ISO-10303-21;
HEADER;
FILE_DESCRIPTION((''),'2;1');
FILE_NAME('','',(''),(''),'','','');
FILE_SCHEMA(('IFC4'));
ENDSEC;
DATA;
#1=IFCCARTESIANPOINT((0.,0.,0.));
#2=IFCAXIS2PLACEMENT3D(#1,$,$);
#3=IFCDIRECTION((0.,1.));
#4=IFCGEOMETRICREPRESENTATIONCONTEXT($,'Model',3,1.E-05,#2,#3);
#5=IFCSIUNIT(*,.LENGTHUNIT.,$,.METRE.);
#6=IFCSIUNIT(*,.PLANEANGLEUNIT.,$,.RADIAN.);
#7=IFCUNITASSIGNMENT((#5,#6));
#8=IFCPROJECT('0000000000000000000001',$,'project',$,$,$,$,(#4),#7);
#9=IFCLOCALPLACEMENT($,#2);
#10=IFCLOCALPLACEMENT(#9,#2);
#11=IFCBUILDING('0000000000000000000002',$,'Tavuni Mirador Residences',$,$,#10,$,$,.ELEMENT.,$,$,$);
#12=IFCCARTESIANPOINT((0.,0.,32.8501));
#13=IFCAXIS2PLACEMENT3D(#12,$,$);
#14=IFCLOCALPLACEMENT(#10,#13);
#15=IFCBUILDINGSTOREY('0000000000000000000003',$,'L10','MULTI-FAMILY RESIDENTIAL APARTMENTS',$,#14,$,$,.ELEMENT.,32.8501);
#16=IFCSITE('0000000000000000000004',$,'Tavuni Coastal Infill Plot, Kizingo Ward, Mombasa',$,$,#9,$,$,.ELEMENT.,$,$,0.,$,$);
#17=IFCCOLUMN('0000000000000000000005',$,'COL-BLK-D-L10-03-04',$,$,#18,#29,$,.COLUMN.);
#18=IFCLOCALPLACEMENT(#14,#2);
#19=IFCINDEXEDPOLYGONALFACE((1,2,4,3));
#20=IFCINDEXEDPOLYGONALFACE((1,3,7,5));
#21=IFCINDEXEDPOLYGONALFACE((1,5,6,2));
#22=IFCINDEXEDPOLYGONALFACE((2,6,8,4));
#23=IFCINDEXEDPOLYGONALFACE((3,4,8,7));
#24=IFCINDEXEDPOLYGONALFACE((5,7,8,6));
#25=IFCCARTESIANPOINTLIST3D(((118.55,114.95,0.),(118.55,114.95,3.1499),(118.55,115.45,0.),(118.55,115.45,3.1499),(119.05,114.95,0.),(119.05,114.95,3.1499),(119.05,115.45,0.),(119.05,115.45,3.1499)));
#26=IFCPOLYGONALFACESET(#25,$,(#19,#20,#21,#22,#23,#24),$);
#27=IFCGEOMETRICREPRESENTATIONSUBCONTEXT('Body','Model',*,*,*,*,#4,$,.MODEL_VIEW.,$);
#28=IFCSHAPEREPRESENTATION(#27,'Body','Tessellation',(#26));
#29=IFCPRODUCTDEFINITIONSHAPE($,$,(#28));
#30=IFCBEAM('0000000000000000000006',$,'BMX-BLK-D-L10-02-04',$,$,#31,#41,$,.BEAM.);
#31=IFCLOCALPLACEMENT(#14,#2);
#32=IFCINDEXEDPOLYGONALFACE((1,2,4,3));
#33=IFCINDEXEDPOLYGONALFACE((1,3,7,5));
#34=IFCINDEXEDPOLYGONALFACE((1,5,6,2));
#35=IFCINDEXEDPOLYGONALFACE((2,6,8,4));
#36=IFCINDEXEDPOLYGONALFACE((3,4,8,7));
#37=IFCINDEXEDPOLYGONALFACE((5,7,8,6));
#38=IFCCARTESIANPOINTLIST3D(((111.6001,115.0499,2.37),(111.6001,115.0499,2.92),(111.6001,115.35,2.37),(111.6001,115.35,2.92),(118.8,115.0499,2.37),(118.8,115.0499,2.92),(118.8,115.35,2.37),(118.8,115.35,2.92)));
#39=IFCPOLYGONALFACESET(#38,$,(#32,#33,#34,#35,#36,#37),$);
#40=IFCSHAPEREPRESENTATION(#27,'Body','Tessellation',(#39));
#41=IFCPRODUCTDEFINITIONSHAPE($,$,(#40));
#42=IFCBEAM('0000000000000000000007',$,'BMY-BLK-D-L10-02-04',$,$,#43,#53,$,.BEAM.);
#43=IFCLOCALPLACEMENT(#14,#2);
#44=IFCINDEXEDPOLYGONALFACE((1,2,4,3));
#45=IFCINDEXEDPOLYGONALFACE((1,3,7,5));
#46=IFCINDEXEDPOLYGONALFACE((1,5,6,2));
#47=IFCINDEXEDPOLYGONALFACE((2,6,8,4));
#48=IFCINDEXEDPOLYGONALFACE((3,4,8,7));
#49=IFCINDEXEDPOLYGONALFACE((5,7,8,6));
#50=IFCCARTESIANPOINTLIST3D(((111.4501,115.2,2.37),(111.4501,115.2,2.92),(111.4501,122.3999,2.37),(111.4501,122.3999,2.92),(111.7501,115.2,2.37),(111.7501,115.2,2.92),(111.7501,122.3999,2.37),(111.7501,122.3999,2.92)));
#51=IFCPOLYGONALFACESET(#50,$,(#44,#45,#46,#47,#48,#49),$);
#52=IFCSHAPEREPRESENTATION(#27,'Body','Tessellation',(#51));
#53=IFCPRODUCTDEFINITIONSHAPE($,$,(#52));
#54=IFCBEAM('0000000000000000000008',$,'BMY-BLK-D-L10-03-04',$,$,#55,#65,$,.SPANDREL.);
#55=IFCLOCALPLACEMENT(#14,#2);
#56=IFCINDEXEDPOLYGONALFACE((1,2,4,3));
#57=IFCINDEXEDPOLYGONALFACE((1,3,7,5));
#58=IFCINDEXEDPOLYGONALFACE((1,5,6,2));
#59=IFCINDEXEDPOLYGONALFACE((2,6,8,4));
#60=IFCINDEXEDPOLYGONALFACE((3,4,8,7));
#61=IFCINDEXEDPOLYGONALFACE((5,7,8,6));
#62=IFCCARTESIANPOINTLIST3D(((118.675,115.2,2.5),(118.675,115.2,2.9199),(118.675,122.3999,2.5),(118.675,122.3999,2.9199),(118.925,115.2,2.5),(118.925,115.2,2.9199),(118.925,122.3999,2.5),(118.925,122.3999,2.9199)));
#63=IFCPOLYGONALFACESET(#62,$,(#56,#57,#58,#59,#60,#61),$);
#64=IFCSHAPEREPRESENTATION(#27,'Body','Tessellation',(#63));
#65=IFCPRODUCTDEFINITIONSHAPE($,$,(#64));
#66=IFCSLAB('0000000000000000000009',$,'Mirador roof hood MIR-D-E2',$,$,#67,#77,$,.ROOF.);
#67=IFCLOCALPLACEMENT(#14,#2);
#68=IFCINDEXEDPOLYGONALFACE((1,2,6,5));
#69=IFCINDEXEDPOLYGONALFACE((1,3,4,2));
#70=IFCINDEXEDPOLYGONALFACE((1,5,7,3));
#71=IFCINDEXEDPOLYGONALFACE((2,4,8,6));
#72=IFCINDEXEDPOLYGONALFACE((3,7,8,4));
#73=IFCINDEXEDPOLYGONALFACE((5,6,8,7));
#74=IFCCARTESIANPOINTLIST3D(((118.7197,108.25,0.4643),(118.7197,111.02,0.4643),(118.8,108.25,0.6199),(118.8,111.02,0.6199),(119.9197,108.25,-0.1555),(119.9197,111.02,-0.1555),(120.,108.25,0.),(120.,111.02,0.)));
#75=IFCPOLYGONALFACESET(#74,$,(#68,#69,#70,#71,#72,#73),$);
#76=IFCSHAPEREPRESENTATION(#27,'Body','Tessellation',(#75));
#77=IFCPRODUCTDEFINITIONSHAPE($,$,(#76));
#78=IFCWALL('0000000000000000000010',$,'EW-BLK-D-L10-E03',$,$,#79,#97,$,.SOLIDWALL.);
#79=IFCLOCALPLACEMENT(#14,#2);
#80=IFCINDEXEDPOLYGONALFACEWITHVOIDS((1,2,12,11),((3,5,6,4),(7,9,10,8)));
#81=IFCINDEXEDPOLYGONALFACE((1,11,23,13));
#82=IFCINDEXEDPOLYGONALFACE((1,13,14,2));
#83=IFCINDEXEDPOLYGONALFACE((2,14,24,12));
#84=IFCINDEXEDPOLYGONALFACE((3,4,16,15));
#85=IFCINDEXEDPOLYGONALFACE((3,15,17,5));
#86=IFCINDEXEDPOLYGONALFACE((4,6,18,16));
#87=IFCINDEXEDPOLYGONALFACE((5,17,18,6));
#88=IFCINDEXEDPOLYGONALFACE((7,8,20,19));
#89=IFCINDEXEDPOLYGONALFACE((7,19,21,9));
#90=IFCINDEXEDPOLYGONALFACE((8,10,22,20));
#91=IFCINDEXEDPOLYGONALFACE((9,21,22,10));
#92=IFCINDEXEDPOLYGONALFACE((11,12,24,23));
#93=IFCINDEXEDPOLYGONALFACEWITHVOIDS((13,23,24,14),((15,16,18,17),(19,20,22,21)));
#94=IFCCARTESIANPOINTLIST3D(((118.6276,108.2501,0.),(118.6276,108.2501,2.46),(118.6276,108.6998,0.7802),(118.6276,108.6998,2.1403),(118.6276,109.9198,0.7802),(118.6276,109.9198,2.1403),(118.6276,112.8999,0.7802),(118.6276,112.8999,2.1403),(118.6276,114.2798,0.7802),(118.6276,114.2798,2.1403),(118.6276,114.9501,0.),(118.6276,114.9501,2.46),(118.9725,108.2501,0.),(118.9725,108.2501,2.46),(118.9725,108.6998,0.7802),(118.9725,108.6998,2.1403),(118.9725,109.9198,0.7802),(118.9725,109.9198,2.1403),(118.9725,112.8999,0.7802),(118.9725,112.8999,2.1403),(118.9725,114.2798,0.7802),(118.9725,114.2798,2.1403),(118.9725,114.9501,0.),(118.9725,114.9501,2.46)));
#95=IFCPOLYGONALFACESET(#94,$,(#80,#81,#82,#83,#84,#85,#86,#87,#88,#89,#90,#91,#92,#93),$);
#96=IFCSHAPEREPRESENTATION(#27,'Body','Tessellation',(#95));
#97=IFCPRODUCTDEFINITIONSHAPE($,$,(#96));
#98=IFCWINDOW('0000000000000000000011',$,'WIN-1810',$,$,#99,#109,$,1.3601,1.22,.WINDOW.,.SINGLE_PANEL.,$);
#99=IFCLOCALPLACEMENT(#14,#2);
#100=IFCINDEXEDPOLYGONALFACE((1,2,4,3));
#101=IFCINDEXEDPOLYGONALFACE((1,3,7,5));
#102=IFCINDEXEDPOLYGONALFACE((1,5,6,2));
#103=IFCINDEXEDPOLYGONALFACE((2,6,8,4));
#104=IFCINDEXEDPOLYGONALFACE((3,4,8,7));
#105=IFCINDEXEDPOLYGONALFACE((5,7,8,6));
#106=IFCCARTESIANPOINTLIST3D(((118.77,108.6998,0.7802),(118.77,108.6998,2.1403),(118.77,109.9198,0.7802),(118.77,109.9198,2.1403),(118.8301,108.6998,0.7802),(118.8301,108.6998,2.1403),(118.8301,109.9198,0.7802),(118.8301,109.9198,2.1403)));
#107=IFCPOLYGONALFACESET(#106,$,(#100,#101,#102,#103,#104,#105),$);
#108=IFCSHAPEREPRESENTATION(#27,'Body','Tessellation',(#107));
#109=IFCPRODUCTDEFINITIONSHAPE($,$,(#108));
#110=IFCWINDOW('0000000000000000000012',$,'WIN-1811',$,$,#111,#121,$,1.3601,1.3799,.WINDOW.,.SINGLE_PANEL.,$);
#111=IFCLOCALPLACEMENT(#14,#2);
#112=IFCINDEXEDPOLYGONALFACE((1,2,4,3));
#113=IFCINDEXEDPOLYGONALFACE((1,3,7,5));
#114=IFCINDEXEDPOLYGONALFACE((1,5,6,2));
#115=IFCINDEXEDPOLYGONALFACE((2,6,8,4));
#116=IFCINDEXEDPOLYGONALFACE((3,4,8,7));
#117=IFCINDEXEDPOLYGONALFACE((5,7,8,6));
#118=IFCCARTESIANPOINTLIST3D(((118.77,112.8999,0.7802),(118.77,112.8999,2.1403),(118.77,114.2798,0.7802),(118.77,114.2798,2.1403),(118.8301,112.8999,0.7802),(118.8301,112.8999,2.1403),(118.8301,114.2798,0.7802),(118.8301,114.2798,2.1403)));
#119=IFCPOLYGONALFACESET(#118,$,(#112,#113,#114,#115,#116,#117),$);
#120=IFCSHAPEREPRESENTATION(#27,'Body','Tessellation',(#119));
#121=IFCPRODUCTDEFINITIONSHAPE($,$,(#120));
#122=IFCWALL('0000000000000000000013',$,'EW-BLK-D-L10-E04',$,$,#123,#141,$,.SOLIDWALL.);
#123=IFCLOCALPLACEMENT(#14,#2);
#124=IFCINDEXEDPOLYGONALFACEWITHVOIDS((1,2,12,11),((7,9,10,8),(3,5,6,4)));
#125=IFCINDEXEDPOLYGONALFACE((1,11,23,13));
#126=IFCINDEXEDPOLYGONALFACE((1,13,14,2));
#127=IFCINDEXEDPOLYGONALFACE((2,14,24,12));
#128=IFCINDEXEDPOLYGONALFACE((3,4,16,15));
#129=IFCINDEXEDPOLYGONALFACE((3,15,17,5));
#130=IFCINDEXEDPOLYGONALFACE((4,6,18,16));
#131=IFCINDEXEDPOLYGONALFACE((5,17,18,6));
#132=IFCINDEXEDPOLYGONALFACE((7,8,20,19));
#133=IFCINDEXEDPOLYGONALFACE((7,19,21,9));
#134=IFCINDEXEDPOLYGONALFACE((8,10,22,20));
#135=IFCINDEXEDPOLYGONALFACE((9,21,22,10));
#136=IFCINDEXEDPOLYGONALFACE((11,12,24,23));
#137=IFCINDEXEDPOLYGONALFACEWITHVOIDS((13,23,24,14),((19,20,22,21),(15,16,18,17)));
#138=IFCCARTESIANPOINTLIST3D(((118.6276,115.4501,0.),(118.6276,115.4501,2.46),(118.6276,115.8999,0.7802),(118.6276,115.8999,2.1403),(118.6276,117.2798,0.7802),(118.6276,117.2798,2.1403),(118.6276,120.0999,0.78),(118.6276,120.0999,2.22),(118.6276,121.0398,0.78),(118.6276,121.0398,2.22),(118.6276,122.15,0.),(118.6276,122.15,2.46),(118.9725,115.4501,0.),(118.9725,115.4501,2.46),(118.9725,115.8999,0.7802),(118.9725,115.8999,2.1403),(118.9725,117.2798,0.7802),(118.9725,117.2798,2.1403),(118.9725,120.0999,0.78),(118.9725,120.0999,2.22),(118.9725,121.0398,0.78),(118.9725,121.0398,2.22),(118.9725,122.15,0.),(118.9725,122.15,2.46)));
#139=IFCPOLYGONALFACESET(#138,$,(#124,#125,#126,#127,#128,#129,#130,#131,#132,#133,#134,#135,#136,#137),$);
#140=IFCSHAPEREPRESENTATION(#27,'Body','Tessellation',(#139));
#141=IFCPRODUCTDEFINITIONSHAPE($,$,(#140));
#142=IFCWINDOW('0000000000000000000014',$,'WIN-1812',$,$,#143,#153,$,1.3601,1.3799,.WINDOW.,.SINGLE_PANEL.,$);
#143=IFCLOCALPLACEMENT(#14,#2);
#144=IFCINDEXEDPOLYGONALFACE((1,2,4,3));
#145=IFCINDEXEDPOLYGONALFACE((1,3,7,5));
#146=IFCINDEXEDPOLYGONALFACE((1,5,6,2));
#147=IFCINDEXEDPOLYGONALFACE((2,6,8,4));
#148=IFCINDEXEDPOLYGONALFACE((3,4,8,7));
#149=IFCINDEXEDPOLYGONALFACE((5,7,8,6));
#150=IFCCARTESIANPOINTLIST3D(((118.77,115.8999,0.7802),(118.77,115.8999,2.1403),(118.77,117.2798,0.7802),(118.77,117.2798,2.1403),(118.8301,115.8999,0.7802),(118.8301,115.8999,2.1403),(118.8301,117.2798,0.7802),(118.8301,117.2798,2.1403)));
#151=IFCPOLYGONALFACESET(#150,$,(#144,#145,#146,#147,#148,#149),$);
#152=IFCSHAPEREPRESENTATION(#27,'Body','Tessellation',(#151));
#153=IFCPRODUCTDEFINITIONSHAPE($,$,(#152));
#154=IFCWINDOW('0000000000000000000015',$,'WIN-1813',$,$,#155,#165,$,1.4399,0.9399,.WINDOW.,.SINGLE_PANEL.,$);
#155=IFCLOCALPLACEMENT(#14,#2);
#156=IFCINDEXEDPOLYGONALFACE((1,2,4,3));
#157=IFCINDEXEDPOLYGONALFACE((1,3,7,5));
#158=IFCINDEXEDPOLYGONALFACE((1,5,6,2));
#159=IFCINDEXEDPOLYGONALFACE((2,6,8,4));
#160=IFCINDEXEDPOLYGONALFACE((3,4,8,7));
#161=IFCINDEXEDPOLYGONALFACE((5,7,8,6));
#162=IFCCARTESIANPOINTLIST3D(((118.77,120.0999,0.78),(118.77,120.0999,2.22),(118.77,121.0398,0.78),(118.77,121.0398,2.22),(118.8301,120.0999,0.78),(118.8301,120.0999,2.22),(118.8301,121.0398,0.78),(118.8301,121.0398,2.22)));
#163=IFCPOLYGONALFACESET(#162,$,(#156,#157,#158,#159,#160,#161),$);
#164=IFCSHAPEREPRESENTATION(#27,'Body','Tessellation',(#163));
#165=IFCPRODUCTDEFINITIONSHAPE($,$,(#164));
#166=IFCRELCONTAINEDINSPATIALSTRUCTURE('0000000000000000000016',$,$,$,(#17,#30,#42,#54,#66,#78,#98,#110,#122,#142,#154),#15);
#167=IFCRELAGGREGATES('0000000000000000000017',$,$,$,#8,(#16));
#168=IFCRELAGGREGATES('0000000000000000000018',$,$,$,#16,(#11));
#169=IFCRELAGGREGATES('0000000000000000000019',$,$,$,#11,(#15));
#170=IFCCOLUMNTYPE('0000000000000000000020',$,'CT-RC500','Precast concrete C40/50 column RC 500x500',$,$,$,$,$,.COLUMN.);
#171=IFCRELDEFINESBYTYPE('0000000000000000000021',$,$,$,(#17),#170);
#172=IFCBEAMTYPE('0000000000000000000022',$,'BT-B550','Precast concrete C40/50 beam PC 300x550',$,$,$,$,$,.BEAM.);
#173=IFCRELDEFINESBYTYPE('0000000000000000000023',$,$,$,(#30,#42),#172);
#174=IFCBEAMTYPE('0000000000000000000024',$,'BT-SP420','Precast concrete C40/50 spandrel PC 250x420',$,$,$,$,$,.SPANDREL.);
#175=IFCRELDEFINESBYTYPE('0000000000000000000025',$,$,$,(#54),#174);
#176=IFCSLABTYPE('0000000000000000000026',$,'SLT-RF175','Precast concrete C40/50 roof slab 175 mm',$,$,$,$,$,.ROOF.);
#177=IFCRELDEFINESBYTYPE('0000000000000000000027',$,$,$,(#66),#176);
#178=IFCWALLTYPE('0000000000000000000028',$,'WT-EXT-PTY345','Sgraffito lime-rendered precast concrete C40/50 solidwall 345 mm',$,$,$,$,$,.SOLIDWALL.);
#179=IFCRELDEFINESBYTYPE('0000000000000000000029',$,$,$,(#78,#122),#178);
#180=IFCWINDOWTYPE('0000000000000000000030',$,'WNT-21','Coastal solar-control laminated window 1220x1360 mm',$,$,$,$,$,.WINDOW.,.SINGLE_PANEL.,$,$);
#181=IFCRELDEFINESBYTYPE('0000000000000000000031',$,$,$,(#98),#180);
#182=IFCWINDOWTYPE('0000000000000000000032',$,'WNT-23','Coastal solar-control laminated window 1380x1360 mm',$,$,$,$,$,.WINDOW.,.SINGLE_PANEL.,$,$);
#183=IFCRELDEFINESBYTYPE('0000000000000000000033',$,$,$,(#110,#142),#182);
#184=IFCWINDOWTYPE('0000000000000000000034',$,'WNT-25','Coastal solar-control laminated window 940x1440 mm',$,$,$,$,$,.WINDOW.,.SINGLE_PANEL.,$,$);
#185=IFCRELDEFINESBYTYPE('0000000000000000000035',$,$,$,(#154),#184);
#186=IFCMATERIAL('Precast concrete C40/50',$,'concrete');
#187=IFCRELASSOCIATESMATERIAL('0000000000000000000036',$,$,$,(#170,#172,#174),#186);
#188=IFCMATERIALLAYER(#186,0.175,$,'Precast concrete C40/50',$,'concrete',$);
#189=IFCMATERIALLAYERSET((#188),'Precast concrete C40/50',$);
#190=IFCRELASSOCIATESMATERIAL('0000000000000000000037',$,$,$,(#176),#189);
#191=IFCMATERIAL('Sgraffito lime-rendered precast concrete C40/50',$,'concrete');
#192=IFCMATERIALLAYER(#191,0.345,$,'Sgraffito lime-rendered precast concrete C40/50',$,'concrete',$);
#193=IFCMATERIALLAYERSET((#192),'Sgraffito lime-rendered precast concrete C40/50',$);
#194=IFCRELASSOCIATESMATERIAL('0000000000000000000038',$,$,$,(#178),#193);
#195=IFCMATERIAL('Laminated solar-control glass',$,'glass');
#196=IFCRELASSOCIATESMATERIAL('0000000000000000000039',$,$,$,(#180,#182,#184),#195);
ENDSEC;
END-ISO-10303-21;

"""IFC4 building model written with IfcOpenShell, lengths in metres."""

from ifc_helpers import new_model, si_unit, direction, frame, frame_2d, origin, origin_2d, place, context, subcontext, project, spatial, polyline, rectangle, outline, extrude, material, layer, layer_set, material_profile, profile_set, type_object, element, fill, save


model = new_model("IFC4")

# Units and contexts
model_context = context("Model", 3, precision=1e-05, world=origin(), true_north=direction((0.0, 1.0)))
body_context = subcontext(model_context, "Body", "Model", "MODEL_VIEW")
ifc_project = project(units=[si_unit("LENGTHUNIT", "METRE"), si_unit("PLANEANGLEUNIT", "RADIAN")], contexts=[model_context])

# Site, building, storey
site_placement = place(None, origin())
site = spatial("IfcSite", under=ifc_project, at=site_placement, Name="Tavuni Coastal Infill Plot, Kizingo Ward, Mombasa", CompositionType="ELEMENT", RefElevation=0.0)
building_placement = place(site_placement, origin())
building = spatial("IfcBuilding", under=site, at=building_placement, Name="Tavuni Mirador Residences", CompositionType="ELEMENT")
storey_placement = place(building_placement, frame((0.0, 0.0, 32.8501)))
storey = spatial("IfcBuildingStorey", under=building, at=storey_placement, Name="L10", Description="MULTI-FAMILY RESIDENTIAL APARTMENTS", CompositionType="ELEMENT", Elevation=32.8501)

# Column
ifc_material_1 = material(Name="Precast concrete C40/50", Category="concrete")
ifc_material_profile_1 = material_profile(ifc_material_1, rectangle(XDim=0.5, YDim=0.5, at=origin_2d()), Name="RC 500x500", Category="concrete")
ifc_profile_set_1 = profile_set([ifc_material_profile_1], Name="Precast concrete C40/50")
column_type = type_object("IfcColumnType", Name="CT-RC500", Description="Precast concrete C40/50 column RC 500x500", PredefinedType="COLUMN", material=ifc_profile_set_1)
column_placement = place(storey_placement, frame((118.8, 115.2, 0.0), z_axis=(0.0, 0.0, 1.0), x_axis=(1.0, 0.0, 0.0)))
element("IfcColumn", 1, at=column_placement, inside=storey, type_object=column_type, Name="COL-BLK-D-L10-03-04", PredefinedType="COLUMN", context=body_context, shape_type="SweptSolid", body=[
    extrude(rectangle(XDim=0.5, YDim=0.5, at=origin_2d()), origin(), (0.0, 0.0, 1.0), 3.1499),
])

# Beams
ifc_material_profile_2 = material_profile(ifc_material_1, rectangle(XDim=0.3, YDim=0.55, at=origin_2d()), Name="PC 300x550", Category="concrete")
ifc_profile_set_2 = profile_set([ifc_material_profile_2], Name="Precast concrete C40/50")
beam_type_1 = type_object("IfcBeamType", Name="BT-B550", Description="Precast concrete C40/50 beam PC 300x550", PredefinedType="BEAM", material=ifc_profile_set_2)
for number, where, z_axis, x_axis, name in (
    (2, (111.6001, 115.2, 2.645), (1.0, 0.0, 0.0), (0.0, 1.0, 0.0), "BMX-BLK-D-L10-02-04"),
    (3, (111.6001, 115.2, 2.645), (0.0, 1.0, 0.0), (-1.0, 0.0, 0.0), "BMY-BLK-D-L10-02-04"),
):
    element("IfcBeam", number, at=place(storey_placement, frame(where, z_axis=z_axis, x_axis=x_axis)), inside=storey, type_object=beam_type_1, Name=name, PredefinedType="BEAM", context=body_context, shape_type="SweptSolid", body=[
        extrude(rectangle(XDim=0.3, YDim=0.55, at=origin_2d()), origin(), (0.0, 0.0, 1.0), 7.2),
    ])
ifc_material_profile_3 = material_profile(ifc_material_1, rectangle(XDim=0.25, YDim=0.4199, at=origin_2d()), Name="PC 250x420", Category="concrete")
ifc_profile_set_3 = profile_set([ifc_material_profile_3], Name="Precast concrete C40/50")
beam_type_2 = type_object("IfcBeamType", Name="BT-SP420", Description="Precast concrete C40/50 spandrel PC 250x420", PredefinedType="SPANDREL", material=ifc_profile_set_3)
beam_placement = place(storey_placement, frame((118.8, 115.2, 2.71), z_axis=(0.0, 1.0, 0.0), x_axis=(-1.0, 0.0, 0.0)))
element("IfcBeam", 4, at=beam_placement, inside=storey, type_object=beam_type_2, Name="BMY-BLK-D-L10-03-04", PredefinedType="SPANDREL", context=body_context, shape_type="SweptSolid", body=[
    extrude(rectangle(XDim=0.25, YDim=0.4199, at=origin_2d()), origin(), (0.0, 0.0, 1.0), 7.2),
])

# Slab
ifc_layer_1 = layer(ifc_material_1, 0.175, Name="Precast concrete C40/50", Category="concrete")
ifc_layer_set_1 = layer_set([ifc_layer_1], Name="Precast concrete C40/50")
slab_type = type_object("IfcSlabType", Name="SLT-RF175", Description="Precast concrete C40/50 roof slab 175 mm", PredefinedType="ROOF", material=ifc_layer_set_1)
slab_placement = place(storey_placement, frame((118.8, 108.25, 0.6199), z_axis=(0.458961, 0.0, 0.888457), x_axis=(0.0, 1.0, 0.0)))
element("IfcSlab", 5, at=slab_placement, inside=storey, type_object=slab_type, Name="Mirador roof hood MIR-D-E2", PredefinedType="ROOF", context=body_context, shape_type="SweptSolid", body=[
    extrude(outline(polyline([(0.0, 0.0), (2.77, 0.0), (2.77, -1.3506), (0.0, -1.3506), (0.0, 0.0)])), origin(), (0.0, 0.0, -1.0), 0.175),
])

# Walls, openings, windows
ifc_material_2 = material(Name="Sgraffito lime-rendered precast concrete C40/50", Category="concrete")
ifc_layer_2 = layer(ifc_material_2, 0.345, Name="Sgraffito lime-rendered precast concrete C40/50", Category="concrete")
ifc_layer_set_2 = layer_set([ifc_layer_2], Name="Sgraffito lime-rendered precast concrete C40/50")
wall_type_1 = type_object("IfcWallType", Name="WT-EXT-PTY345", Description="Sgraffito lime-rendered precast concrete C40/50 solidwall 345 mm", PredefinedType="SOLIDWALL", material=ifc_layer_set_2)
wall_1_placement = place(storey_placement, frame((118.8, 108.25, 0.0), z_axis=(0.0, 0.0, 1.0), x_axis=(0.0, 1.0, 0.0)))
wall_1 = element("IfcWall", 6, at=wall_1_placement, inside=storey, type_object=wall_type_1, Name="EW-BLK-D-L10-E03", PredefinedType="SOLIDWALL", context=body_context, shape_type="SweptSolid", body=[
    extrude(rectangle(XDim=6.7, YDim=0.345, at=frame_2d((3.3501, 0.0))), origin(), (0.0, 0.0, 1.0), 2.46),
])
opening_1_placement = place(wall_1_placement, frame((0.45, 0.0, 0.78)))
opening_1 = element("IfcOpeningElement", 7, at=opening_1_placement, cuts=wall_1, PredefinedType="OPENING", context=body_context, shape_type="SweptSolid", body=[
    extrude(rectangle(XDim=1.22, YDim=1.3601, at=frame_2d((0.6099, 0.6802))), frame((0.0, 0.1826, 0.0), z_axis=(0.0, -1.0, 0.0), x_axis=(1.0, 0.0, 0.0)), (0.0, 0.0, 1.0), 0.365),
])
opening_2_placement = place(wall_1_placement, frame((4.6499, 0.0, 0.78)))
opening_2 = element("IfcOpeningElement", 8, at=opening_2_placement, cuts=wall_1, PredefinedType="OPENING", context=body_context, shape_type="SweptSolid", body=[
    extrude(rectangle(XDim=1.3799, YDim=1.3601, at=frame_2d((0.6899, 0.6802))), frame((0.0, 0.1826, 0.0), z_axis=(0.0, -1.0, 0.0), x_axis=(1.0, 0.0, 0.0)), (0.0, 0.0, 1.0), 0.365),
])
ifc_material_3 = material(Name="Laminated solar-control glass", Category="glass")
window_type_1 = type_object("IfcWindowType", Name="WNT-21", Description="Coastal solar-control laminated window 1220x1360 mm", PartitioningType="SINGLE_PANEL", PredefinedType="WINDOW", material=ifc_material_3)
window_1_placement = place(opening_1_placement, origin())
window_1 = element("IfcWindow", 9, at=window_1_placement, inside=storey, type_object=window_type_1, Name="WIN-1810", OverallHeight=1.3601, OverallWidth=1.22, PartitioningType="SINGLE_PANEL", PredefinedType="WINDOW", context=body_context, shape_type="SweptSolid", body=[
    extrude(rectangle(XDim=1.22, YDim=1.3601, at=frame_2d((0.6099, 0.6802))), frame((0.0, 0.03, 0.0), z_axis=(0.0, -1.0, 0.0), x_axis=(1.0, 0.0, 0.0)), (0.0, 0.0, 1.0), 0.0601),
])
fill(opening_1, window_1)
window_type_2 = type_object("IfcWindowType", Name="WNT-23", Description="Coastal solar-control laminated window 1380x1360 mm", PartitioningType="SINGLE_PANEL", PredefinedType="WINDOW", material=ifc_material_3)
window_2_placement = place(opening_2_placement, origin())
window_2 = element("IfcWindow", 10, at=window_2_placement, inside=storey, type_object=window_type_2, Name="WIN-1811", OverallHeight=1.3601, OverallWidth=1.3799, PartitioningType="SINGLE_PANEL", PredefinedType="WINDOW", context=body_context, shape_type="SweptSolid", body=[
    extrude(rectangle(XDim=1.3799, YDim=1.3601, at=frame_2d((0.6899, 0.6802))), frame((0.0, 0.03, 0.0), z_axis=(0.0, -1.0, 0.0), x_axis=(1.0, 0.0, 0.0)), (0.0, 0.0, 1.0), 0.0601),
])
fill(opening_2, window_2)
wall_2_placement = place(storey_placement, frame((118.8, 115.45, 0.0), z_axis=(0.0, 0.0, 1.0), x_axis=(0.0, 1.0, 0.0)))
wall_2 = element("IfcWall", 11, at=wall_2_placement, inside=storey, type_object=wall_type_1, Name="EW-BLK-D-L10-E04", PredefinedType="SOLIDWALL", context=body_context, shape_type="SweptSolid", body=[
    extrude(rectangle(XDim=6.7, YDim=0.345, at=frame_2d((3.3501, 0.0))), origin(), (0.0, 0.0, 1.0), 2.46),
])
opening_3_placement = place(wall_2_placement, frame((0.45, 0.0, 0.78)))
opening_3 = element("IfcOpeningElement", 12, at=opening_3_placement, cuts=wall_2, PredefinedType="OPENING", context=body_context, shape_type="SweptSolid", body=[
    extrude(rectangle(XDim=1.3799, YDim=1.3601, at=frame_2d((0.6899, 0.6802))), frame((0.0, 0.1826, 0.0), z_axis=(0.0, -1.0, 0.0), x_axis=(1.0, 0.0, 0.0)), (0.0, 0.0, 1.0), 0.365),
])
opening_4_placement = place(wall_2_placement, frame((4.6499, 0.0, 0.78)))
opening_4 = element("IfcOpeningElement", 13, at=opening_4_placement, cuts=wall_2, PredefinedType="OPENING", context=body_context, shape_type="SweptSolid", body=[
    extrude(rectangle(XDim=0.9399, YDim=1.4399, at=frame_2d((0.47, 0.72))), frame((0.0, 0.1826, 0.0), z_axis=(0.0, -1.0, 0.0), x_axis=(1.0, 0.0, 0.0)), (0.0, 0.0, 1.0), 0.365),
])
window_3_placement = place(opening_3_placement, origin())
window_3 = element("IfcWindow", 14, at=window_3_placement, inside=storey, type_object=window_type_2, Name="WIN-1812", OverallHeight=1.3601, OverallWidth=1.3799, PartitioningType="SINGLE_PANEL", PredefinedType="WINDOW", context=body_context, shape_type="SweptSolid", body=[
    extrude(rectangle(XDim=1.3799, YDim=1.3601, at=frame_2d((0.6899, 0.6802))), frame((0.0, 0.03, 0.0), z_axis=(0.0, -1.0, 0.0), x_axis=(1.0, 0.0, 0.0)), (0.0, 0.0, 1.0), 0.0601),
])
fill(opening_3, window_3)
window_type_3 = type_object("IfcWindowType", Name="WNT-25", Description="Coastal solar-control laminated window 940x1440 mm", PartitioningType="SINGLE_PANEL", PredefinedType="WINDOW", material=ifc_material_3)
window_4_placement = place(opening_4_placement, origin())
window_4 = element("IfcWindow", 15, at=window_4_placement, inside=storey, type_object=window_type_3, Name="WIN-1813", OverallHeight=1.4399, OverallWidth=0.9399, PartitioningType="SINGLE_PANEL", PredefinedType="WINDOW", context=body_context, shape_type="SweptSolid", body=[
    extrude(rectangle(XDim=0.9399, YDim=1.4399, at=frame_2d((0.47, 0.72))), frame((0.0, 0.03, 0.0), z_axis=(0.0, -1.0, 0.0), x_axis=(1.0, 0.0, 0.0)), (0.0, 0.0, 1.0), 0.0601),
])
fill(opening_4, window_4)

save(model, "model.ifc")
